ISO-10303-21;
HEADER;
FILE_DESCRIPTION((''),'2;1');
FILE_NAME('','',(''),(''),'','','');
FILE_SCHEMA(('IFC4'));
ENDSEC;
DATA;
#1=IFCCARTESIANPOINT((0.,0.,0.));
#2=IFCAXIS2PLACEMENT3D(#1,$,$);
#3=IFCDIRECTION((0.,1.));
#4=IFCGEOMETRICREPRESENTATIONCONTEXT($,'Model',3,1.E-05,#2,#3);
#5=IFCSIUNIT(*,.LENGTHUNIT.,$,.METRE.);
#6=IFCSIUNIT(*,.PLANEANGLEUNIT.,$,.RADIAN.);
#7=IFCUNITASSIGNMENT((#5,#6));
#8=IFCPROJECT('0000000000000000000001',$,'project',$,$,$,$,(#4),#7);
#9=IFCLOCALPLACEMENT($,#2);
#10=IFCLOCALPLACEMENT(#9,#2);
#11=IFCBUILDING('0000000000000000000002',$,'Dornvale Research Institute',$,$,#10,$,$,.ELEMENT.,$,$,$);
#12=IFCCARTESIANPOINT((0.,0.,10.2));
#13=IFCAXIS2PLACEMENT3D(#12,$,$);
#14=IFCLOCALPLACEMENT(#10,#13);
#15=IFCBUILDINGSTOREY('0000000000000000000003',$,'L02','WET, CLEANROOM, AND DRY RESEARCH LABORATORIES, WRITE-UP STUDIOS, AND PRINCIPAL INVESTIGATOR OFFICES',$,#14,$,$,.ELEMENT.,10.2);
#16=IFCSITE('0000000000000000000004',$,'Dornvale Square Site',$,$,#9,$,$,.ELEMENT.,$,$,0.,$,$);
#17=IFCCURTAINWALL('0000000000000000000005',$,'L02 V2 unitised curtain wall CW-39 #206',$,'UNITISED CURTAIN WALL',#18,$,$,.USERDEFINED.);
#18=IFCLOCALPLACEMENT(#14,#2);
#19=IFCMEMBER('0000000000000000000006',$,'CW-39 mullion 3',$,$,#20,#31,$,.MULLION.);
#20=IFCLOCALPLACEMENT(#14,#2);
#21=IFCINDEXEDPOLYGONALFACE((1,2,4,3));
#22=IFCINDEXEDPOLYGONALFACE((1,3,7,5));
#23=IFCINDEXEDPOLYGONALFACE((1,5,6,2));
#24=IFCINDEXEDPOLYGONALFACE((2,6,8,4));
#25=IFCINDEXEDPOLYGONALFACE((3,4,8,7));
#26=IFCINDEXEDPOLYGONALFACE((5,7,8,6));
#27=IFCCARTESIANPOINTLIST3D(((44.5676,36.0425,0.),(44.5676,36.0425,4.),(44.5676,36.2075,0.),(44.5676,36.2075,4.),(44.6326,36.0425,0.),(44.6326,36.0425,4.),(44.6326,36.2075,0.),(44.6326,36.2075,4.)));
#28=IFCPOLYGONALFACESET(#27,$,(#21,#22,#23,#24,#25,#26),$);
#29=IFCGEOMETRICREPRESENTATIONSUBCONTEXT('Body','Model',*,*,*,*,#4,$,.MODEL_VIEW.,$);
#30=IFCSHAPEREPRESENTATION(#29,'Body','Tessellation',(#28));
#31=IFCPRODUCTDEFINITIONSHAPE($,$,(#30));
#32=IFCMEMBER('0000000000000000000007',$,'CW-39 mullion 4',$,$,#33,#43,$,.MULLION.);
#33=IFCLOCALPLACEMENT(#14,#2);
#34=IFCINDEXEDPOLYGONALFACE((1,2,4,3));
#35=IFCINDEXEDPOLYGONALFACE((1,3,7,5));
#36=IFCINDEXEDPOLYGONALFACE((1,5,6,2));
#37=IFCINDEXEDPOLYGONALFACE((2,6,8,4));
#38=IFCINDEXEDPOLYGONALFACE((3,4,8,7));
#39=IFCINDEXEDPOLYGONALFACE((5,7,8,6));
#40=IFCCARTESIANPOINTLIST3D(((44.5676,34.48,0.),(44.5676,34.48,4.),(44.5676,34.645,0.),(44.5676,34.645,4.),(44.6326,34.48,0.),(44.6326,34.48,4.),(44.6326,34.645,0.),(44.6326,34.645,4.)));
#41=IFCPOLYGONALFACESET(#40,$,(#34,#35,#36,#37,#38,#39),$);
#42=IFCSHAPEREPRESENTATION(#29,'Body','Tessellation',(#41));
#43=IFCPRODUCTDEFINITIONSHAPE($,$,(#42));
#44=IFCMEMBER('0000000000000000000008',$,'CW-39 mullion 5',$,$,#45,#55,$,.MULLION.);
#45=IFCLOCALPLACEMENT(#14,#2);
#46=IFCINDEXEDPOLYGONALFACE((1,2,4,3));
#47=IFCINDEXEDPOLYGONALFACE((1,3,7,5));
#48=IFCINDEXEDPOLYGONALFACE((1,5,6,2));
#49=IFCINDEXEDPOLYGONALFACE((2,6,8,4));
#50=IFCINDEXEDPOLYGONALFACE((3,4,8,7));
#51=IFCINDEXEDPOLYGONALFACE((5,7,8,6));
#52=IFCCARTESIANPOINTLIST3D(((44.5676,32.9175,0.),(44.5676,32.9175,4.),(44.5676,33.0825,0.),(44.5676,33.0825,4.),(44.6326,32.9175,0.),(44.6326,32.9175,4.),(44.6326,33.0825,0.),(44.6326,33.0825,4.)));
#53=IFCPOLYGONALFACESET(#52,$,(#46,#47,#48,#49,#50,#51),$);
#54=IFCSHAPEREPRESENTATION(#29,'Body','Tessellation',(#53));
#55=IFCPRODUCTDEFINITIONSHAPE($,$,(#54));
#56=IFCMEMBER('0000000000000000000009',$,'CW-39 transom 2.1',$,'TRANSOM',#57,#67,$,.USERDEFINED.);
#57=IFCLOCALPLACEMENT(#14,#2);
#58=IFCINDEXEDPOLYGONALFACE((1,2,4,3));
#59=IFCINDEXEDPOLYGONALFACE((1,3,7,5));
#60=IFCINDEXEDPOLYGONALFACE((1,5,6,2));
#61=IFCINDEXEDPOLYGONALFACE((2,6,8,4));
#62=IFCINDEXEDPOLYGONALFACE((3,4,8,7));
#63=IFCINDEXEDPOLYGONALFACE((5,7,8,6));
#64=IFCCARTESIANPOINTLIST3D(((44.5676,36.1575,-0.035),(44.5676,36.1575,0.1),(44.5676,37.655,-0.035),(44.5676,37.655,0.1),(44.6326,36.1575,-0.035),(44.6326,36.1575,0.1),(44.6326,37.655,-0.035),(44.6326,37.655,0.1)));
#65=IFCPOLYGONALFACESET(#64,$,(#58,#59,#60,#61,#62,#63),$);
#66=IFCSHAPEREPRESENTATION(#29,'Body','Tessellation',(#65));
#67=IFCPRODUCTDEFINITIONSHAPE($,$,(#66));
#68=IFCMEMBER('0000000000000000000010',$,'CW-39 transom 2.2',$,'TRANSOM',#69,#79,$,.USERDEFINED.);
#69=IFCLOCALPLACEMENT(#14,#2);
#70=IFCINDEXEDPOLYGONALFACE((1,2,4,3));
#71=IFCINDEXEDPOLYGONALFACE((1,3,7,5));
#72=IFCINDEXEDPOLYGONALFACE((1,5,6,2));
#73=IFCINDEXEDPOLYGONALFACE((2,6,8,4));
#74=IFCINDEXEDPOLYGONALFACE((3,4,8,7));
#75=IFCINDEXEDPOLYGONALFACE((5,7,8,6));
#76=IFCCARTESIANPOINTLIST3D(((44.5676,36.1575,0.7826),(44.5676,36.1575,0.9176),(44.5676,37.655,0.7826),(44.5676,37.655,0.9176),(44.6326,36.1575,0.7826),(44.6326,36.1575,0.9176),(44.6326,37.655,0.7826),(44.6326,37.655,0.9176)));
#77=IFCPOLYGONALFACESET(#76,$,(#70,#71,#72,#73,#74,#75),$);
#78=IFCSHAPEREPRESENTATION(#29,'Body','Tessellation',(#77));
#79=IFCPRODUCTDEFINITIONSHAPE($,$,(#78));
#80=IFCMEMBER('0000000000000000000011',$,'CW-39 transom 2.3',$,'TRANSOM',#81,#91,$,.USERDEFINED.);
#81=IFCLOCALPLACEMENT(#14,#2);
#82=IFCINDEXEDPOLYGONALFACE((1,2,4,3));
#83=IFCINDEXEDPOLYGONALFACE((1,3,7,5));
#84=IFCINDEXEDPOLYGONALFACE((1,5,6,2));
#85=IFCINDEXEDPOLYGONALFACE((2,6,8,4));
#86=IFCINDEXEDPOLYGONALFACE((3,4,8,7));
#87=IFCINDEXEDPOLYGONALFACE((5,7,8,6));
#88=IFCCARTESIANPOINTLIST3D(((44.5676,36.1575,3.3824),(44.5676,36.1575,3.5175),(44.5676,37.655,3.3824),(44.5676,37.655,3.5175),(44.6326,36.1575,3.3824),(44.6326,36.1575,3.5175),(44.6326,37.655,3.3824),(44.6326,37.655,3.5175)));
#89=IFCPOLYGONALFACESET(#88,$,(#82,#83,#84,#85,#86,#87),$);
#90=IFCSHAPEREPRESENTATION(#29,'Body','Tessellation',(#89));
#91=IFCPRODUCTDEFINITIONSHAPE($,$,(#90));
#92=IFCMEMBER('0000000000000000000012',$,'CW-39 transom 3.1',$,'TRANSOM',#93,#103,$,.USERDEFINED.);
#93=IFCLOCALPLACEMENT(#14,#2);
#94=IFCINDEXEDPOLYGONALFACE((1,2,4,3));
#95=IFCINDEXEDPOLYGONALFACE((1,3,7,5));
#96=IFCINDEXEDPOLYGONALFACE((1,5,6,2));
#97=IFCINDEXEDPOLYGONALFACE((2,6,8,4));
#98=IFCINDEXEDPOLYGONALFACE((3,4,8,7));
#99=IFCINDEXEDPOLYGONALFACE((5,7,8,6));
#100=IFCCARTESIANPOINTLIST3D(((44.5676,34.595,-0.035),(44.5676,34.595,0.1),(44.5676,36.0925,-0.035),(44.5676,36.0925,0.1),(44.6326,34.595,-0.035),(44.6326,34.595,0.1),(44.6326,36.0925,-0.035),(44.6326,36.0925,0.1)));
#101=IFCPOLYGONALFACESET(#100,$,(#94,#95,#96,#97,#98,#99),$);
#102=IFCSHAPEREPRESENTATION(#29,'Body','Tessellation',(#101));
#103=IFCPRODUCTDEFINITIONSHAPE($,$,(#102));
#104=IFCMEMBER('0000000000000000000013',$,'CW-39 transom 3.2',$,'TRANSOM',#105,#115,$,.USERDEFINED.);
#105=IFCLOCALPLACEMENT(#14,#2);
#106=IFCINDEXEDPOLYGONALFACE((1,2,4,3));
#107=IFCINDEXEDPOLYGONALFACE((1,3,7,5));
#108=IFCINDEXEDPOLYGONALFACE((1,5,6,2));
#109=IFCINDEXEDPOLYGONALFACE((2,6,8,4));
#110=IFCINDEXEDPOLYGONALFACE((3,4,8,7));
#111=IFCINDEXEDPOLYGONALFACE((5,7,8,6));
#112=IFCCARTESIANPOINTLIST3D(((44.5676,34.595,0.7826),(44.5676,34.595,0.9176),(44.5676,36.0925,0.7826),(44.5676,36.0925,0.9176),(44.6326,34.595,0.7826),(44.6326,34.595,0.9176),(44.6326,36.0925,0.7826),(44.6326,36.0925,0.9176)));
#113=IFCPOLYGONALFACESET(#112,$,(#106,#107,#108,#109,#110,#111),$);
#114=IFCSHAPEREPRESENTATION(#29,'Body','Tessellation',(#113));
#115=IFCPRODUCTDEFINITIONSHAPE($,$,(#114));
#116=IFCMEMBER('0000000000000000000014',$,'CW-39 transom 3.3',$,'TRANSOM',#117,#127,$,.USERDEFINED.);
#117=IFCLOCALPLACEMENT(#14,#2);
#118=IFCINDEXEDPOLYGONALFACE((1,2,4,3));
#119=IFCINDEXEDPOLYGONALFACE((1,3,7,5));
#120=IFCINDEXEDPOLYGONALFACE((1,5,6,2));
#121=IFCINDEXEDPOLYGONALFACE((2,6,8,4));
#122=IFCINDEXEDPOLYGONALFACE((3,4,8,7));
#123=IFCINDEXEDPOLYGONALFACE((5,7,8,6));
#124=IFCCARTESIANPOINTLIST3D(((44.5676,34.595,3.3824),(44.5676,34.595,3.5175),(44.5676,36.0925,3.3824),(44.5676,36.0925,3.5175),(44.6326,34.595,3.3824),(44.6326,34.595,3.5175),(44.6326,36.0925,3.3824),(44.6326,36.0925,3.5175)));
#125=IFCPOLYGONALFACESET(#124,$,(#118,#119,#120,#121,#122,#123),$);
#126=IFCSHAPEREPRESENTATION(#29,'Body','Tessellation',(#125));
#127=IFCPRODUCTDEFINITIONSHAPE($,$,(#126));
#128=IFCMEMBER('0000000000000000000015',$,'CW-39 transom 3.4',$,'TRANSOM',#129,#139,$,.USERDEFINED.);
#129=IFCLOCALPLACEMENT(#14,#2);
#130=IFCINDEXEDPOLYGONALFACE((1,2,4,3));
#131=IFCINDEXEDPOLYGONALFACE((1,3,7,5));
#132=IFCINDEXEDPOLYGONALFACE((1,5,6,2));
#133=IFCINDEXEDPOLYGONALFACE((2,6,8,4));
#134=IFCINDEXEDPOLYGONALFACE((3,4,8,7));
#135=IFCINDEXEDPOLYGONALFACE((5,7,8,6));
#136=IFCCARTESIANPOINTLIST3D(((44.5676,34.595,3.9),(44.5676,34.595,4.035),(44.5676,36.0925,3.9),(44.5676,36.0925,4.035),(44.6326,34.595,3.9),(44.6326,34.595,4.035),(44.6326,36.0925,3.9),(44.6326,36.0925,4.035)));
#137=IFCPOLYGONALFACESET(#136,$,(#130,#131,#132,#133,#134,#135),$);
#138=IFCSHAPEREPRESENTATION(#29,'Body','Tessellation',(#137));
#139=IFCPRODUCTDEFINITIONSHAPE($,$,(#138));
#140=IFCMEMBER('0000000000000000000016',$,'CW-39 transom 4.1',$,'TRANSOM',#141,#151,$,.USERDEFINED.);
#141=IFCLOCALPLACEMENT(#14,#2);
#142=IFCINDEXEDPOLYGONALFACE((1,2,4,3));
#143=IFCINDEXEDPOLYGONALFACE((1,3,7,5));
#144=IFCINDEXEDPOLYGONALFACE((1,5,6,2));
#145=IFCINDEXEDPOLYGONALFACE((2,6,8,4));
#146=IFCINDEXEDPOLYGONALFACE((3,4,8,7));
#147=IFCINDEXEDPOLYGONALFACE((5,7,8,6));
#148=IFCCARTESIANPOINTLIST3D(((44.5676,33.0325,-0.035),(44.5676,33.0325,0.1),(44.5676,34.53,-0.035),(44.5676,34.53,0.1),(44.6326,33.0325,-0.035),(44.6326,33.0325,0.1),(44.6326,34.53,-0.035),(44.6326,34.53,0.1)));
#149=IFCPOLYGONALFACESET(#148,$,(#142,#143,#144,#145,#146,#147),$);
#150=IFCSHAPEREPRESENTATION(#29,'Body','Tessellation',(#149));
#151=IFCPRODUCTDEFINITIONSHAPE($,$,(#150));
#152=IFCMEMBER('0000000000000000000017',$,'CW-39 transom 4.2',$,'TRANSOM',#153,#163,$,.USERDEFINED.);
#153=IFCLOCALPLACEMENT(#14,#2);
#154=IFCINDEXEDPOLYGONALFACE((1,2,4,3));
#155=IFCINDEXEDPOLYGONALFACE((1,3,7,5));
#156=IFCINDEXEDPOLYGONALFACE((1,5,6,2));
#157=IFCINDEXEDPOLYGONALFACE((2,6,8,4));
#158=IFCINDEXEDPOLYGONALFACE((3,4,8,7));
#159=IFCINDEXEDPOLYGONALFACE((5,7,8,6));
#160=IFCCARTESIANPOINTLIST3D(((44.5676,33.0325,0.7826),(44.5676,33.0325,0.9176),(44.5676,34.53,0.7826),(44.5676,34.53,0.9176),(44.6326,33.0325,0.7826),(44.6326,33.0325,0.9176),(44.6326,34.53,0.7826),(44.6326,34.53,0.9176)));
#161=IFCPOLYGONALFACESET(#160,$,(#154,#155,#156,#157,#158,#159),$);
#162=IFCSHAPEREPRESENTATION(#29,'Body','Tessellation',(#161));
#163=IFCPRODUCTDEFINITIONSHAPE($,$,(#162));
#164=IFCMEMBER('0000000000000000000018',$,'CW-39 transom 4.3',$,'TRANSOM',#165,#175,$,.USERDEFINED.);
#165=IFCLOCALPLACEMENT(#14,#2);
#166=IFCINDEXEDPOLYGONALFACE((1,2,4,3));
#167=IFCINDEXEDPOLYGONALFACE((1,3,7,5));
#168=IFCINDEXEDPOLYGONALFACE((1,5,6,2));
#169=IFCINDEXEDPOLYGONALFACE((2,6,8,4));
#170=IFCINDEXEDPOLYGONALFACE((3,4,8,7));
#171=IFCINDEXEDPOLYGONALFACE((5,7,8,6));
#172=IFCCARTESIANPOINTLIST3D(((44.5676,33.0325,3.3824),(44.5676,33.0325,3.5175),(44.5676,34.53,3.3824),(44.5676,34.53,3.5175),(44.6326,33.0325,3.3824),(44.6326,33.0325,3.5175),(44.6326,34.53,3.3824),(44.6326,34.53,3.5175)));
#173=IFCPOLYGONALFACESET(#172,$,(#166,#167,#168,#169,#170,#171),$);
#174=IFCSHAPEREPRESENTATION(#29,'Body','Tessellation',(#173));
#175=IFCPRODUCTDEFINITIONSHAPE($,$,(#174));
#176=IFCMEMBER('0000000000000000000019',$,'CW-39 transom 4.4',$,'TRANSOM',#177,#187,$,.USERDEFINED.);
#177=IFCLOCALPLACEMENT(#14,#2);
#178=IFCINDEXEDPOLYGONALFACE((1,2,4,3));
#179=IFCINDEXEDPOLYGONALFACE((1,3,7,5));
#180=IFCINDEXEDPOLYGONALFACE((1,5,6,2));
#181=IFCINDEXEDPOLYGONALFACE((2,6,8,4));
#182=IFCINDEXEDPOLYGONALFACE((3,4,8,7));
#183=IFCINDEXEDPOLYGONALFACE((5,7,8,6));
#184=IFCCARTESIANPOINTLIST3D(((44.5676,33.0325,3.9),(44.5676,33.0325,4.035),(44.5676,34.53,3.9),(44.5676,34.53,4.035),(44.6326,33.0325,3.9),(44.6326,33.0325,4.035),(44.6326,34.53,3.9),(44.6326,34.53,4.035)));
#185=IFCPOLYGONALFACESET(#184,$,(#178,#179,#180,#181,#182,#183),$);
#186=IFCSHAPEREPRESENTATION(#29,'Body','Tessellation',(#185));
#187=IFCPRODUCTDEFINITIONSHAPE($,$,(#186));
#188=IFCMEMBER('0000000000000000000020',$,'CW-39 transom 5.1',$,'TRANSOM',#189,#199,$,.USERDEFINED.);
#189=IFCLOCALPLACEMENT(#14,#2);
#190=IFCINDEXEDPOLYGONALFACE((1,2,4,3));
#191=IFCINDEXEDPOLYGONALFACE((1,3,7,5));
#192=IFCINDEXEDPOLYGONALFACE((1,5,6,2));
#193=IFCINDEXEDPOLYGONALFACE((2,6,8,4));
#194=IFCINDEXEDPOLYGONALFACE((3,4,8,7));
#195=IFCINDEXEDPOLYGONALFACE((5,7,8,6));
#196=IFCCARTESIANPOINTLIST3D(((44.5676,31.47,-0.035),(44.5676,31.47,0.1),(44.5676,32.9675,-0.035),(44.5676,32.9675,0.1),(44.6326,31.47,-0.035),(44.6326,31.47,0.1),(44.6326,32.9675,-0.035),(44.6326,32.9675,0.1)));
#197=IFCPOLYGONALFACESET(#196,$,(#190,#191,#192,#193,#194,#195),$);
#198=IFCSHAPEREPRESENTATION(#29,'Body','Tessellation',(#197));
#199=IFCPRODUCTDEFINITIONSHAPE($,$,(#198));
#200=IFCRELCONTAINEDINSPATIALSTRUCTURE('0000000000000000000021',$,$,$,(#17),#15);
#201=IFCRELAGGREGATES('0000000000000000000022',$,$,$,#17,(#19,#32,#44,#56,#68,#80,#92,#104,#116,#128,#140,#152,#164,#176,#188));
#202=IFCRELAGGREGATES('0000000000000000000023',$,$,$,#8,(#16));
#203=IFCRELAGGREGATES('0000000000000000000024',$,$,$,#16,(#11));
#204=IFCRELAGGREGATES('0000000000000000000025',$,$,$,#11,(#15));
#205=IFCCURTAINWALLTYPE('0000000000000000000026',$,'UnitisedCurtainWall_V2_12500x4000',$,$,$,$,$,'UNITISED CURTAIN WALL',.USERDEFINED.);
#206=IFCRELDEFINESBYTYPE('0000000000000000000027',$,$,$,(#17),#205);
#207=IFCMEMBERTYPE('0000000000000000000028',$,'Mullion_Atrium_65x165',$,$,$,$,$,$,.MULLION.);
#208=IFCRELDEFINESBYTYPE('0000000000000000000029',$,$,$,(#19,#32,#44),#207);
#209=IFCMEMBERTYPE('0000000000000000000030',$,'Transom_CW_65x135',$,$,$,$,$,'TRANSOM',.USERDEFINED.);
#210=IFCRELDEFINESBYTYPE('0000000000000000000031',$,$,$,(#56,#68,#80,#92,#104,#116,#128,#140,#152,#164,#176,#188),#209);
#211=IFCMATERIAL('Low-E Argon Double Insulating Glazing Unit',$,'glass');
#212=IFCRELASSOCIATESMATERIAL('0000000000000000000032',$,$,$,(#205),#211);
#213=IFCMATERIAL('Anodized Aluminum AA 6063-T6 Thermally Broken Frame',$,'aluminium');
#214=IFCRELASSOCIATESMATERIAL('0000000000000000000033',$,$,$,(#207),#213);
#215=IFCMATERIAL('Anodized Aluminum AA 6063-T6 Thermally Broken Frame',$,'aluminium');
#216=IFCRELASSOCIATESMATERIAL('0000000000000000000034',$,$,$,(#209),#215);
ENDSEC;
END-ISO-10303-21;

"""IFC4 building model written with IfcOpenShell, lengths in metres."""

from ifc_helpers import new_model, si_unit, direction, frame, origin, origin_2d, place, context, subcontext, project, spatial, rectangle, extrude, material, material_profile, profile_set, type_object, element, aggregate, save


model = new_model("IFC4")

# Units and contexts
model_context = context("Model", 3, precision=1e-05, world=origin(), true_north=direction((0.0, 1.0)))
body_context = subcontext(model_context, "Body", "Model", "MODEL_VIEW")
ifc_project = project(units=[si_unit("LENGTHUNIT", "METRE"), si_unit("PLANEANGLEUNIT", "RADIAN")], contexts=[model_context])

# Site, building, storey
site_placement = place(None, origin())
site = spatial("IfcSite", under=ifc_project, at=site_placement, Name="Dornvale Square Site", CompositionType="ELEMENT", RefElevation=0.0)
building_placement = place(site_placement, origin())
building = spatial("IfcBuilding", under=site, at=building_placement, Name="Dornvale Research Institute", CompositionType="ELEMENT")
storey_placement = place(building_placement, frame((0.0, 0.0, 10.2)))
storey = spatial("IfcBuildingStorey", under=building, at=storey_placement, Name="L02", Description="WET, CLEANROOM, AND DRY RESEARCH LABORATORIES, WRITE-UP STUDIOS, AND PRINCIPAL INVESTIGATOR OFFICES", CompositionType="ELEMENT", Elevation=10.2)

# Curtain wall, members
ifc_material_1 = material(Name="Low-E Argon Double Insulating Glazing Unit", Category="glass")
curtain_wall_type = type_object("IfcCurtainWallType", Name="UnitisedCurtainWall_V2_12500x4000", ElementType="UNITISED CURTAIN WALL", PredefinedType="USERDEFINED", material=ifc_material_1)
curtain_wall_placement = place(storey_placement, origin())
curtain_wall = element("IfcCurtainWall", 1, at=curtain_wall_placement, inside=storey, type_object=curtain_wall_type, Name="L02 V2 unitised curtain wall CW-39 #206", ObjectType="UNITISED CURTAIN WALL", PredefinedType="USERDEFINED")
ifc_material_2 = material(Name="Anodized Aluminum AA 6063-T6 Thermally Broken Frame", Category="aluminium")
ifc_material_profile_1 = material_profile(ifc_material_2, rectangle(XDim=0.0649, YDim=0.165, at=origin_2d()), Name="ALU MULLION 65x165")
ifc_profile_set_1 = profile_set([ifc_material_profile_1], Name="Anodized Aluminum AA 6063-T6 Thermally Broken Frame")
member_type_1 = type_object("IfcMemberType", Name="Mullion_Atrium_65x165", PredefinedType="MULLION", material=ifc_profile_set_1)
member_1_placement = place(storey_placement, frame((44.6001, 36.125, 0.0), z_axis=(0.0, 0.0, 1.0), x_axis=(1.0, 0.0, 0.0)))
member_1 = element("IfcMember", 2, at=member_1_placement, type_object=member_type_1, Name="CW-39 mullion 3", PredefinedType="MULLION", context=body_context, shape_type="SweptSolid", body=[
    extrude(rectangle(XDim=0.0649, YDim=0.165, at=origin_2d()), origin(), (0.0, 0.0, 1.0), 4.0),
])
member_2_placement = place(storey_placement, frame((44.6001, 34.5625, 0.0), z_axis=(0.0, 0.0, 1.0), x_axis=(1.0, 0.0, 0.0)))
member_2 = element("IfcMember", 3, at=member_2_placement, type_object=member_type_1, Name="CW-39 mullion 4", PredefinedType="MULLION", context=body_context, shape_type="SweptSolid", body=[
    extrude(rectangle(XDim=0.0649, YDim=0.165, at=origin_2d()), origin(), (0.0, 0.0, 1.0), 4.0),
])
member_3_placement = place(storey_placement, frame((44.6001, 33.0, 0.0), z_axis=(0.0, 0.0, 1.0), x_axis=(1.0, 0.0, 0.0)))
member_3 = element("IfcMember", 4, at=member_3_placement, type_object=member_type_1, Name="CW-39 mullion 5", PredefinedType="MULLION", context=body_context, shape_type="SweptSolid", body=[
    extrude(rectangle(XDim=0.0649, YDim=0.165, at=origin_2d()), origin(), (0.0, 0.0, 1.0), 4.0),
])
ifc_material_3 = material(Name="Anodized Aluminum AA 6063-T6 Thermally Broken Frame", Category="aluminium")
ifc_material_profile_2 = material_profile(ifc_material_3, rectangle(XDim=0.0649, YDim=0.135, at=origin_2d()), Name="ALU TRANSOM 65x135")
ifc_profile_set_2 = profile_set([ifc_material_profile_2], Name="Anodized Aluminum AA 6063-T6 Thermally Broken Frame")
member_type_2 = type_object("IfcMemberType", Name="Transom_CW_65x135", ElementType="TRANSOM", PredefinedType="USERDEFINED", material=ifc_profile_set_2)
member_4_placement = place(storey_placement, frame((44.6001, 37.655, 0.0325), z_axis=(0.0, -1.0, 0.0), x_axis=(1.0, 0.0, 0.0)))
member_4 = element("IfcMember", 5, at=member_4_placement, type_object=member_type_2, Name="CW-39 transom 2.1", ObjectType="TRANSOM", PredefinedType="USERDEFINED", context=body_context, shape_type="SweptSolid", body=[
    extrude(rectangle(XDim=0.0649, YDim=0.135, at=origin_2d()), origin(), (0.0, 0.0, 1.0), 1.4976),
])
member_5_placement = place(storey_placement, frame((44.6001, 37.655, 0.8501), z_axis=(0.0, -1.0, 0.0), x_axis=(1.0, 0.0, 0.0)))
member_5 = element("IfcMember", 6, at=member_5_placement, type_object=member_type_2, Name="CW-39 transom 2.2", ObjectType="TRANSOM", PredefinedType="USERDEFINED", context=body_context, shape_type="SweptSolid", body=[
    extrude(rectangle(XDim=0.0649, YDim=0.135, at=origin_2d()), origin(), (0.0, 0.0, 1.0), 1.4976),
])
member_6_placement = place(storey_placement, frame((44.6001, 37.655, 3.45), z_axis=(0.0, -1.0, 0.0), x_axis=(1.0, 0.0, 0.0)))
member_6 = element("IfcMember", 7, at=member_6_placement, type_object=member_type_2, Name="CW-39 transom 2.3", ObjectType="TRANSOM", PredefinedType="USERDEFINED", context=body_context, shape_type="SweptSolid", body=[
    extrude(rectangle(XDim=0.0649, YDim=0.135, at=origin_2d()), origin(), (0.0, 0.0, 1.0), 1.4976),
])
member_7_placement = place(storey_placement, frame((44.6001, 36.0925, 0.0325), z_axis=(0.0, -1.0, 0.0), x_axis=(1.0, 0.0, 0.0)))
member_7 = element("IfcMember", 8, at=member_7_placement, type_object=member_type_2, Name="CW-39 transom 3.1", ObjectType="TRANSOM", PredefinedType="USERDEFINED", context=body_context, shape_type="SweptSolid", body=[
    extrude(rectangle(XDim=0.0649, YDim=0.135, at=origin_2d()), origin(), (0.0, 0.0, 1.0), 1.4976),
])
member_8_placement = place(storey_placement, frame((44.6001, 36.0925, 0.8501), z_axis=(0.0, -1.0, 0.0), x_axis=(1.0, 0.0, 0.0)))
member_8 = element("IfcMember", 9, at=member_8_placement, type_object=member_type_2, Name="CW-39 transom 3.2", ObjectType="TRANSOM", PredefinedType="USERDEFINED", context=body_context, shape_type="SweptSolid", body=[
    extrude(rectangle(XDim=0.0649, YDim=0.135, at=origin_2d()), origin(), (0.0, 0.0, 1.0), 1.4976),
])
member_9_placement = place(storey_placement, frame((44.6001, 36.0925, 3.45), z_axis=(0.0, -1.0, 0.0), x_axis=(1.0, 0.0, 0.0)))
member_9 = element("IfcMember", 10, at=member_9_placement, type_object=member_type_2, Name="CW-39 transom 3.3", ObjectType="TRANSOM", PredefinedType="USERDEFINED", context=body_context, shape_type="SweptSolid", body=[
    extrude(rectangle(XDim=0.0649, YDim=0.135, at=origin_2d()), origin(), (0.0, 0.0, 1.0), 1.4976),
])
member_10_placement = place(storey_placement, frame((44.6001, 36.0925, 3.9675), z_axis=(0.0, -1.0, 0.0), x_axis=(1.0, 0.0, 0.0)))
member_10 = element("IfcMember", 11, at=member_10_placement, type_object=member_type_2, Name="CW-39 transom 3.4", ObjectType="TRANSOM", PredefinedType="USERDEFINED", context=body_context, shape_type="SweptSolid", body=[
    extrude(rectangle(XDim=0.0649, YDim=0.135, at=origin_2d()), origin(), (0.0, 0.0, 1.0), 1.4976),
])
member_11_placement = place(storey_placement, frame((44.6001, 34.53, 0.0325), z_axis=(0.0, -1.0, 0.0), x_axis=(1.0, 0.0, 0.0)))
member_11 = element("IfcMember", 12, at=member_11_placement, type_object=member_type_2, Name="CW-39 transom 4.1", ObjectType="TRANSOM", PredefinedType="USERDEFINED", context=body_context, shape_type="SweptSolid", body=[
    extrude(rectangle(XDim=0.0649, YDim=0.135, at=origin_2d()), origin(), (0.0, 0.0, 1.0), 1.4976),
])
member_12_placement = place(storey_placement, frame((44.6001, 34.53, 0.8501), z_axis=(0.0, -1.0, 0.0), x_axis=(1.0, 0.0, 0.0)))
member_12 = element("IfcMember", 13, at=member_12_placement, type_object=member_type_2, Name="CW-39 transom 4.2", ObjectType="TRANSOM", PredefinedType="USERDEFINED", context=body_context, shape_type="SweptSolid", body=[
    extrude(rectangle(XDim=0.0649, YDim=0.135, at=origin_2d()), origin(), (0.0, 0.0, 1.0), 1.4976),
])
member_13_placement = place(storey_placement, frame((44.6001, 34.53, 3.45), z_axis=(0.0, -1.0, 0.0), x_axis=(1.0, 0.0, 0.0)))
member_13 = element("IfcMember", 14, at=member_13_placement, type_object=member_type_2, Name="CW-39 transom 4.3", ObjectType="TRANSOM", PredefinedType="USERDEFINED", context=body_context, shape_type="SweptSolid", body=[
    extrude(rectangle(XDim=0.0649, YDim=0.135, at=origin_2d()), origin(), (0.0, 0.0, 1.0), 1.4976),
])
member_14_placement = place(storey_placement, frame((44.6001, 34.53, 3.9675), z_axis=(0.0, -1.0, 0.0), x_axis=(1.0, 0.0, 0.0)))
member_14 = element("IfcMember", 15, at=member_14_placement, type_object=member_type_2, Name="CW-39 transom 4.4", ObjectType="TRANSOM", PredefinedType="USERDEFINED", context=body_context, shape_type="SweptSolid", body=[
    extrude(rectangle(XDim=0.0649, YDim=0.135, at=origin_2d()), origin(), (0.0, 0.0, 1.0), 1.4976),
])
member_15_placement = place(storey_placement, frame((44.6001, 32.9675, 0.0325), z_axis=(0.0, -1.0, 0.0), x_axis=(1.0, 0.0, 0.0)))
member_15 = element("IfcMember", 16, at=member_15_placement, type_object=member_type_2, Name="CW-39 transom 5.1", ObjectType="TRANSOM", PredefinedType="USERDEFINED", context=body_context, shape_type="SweptSolid", body=[
    extrude(rectangle(XDim=0.0649, YDim=0.135, at=origin_2d()), origin(), (0.0, 0.0, 1.0), 1.4976),
])
aggregate(curtain_wall, [member_1, member_2, member_3, member_4, member_5, member_6, member_7, member_8, member_9, member_10, member_11, member_12, member_13, member_14, member_15])

save(model, "model.ifc")
